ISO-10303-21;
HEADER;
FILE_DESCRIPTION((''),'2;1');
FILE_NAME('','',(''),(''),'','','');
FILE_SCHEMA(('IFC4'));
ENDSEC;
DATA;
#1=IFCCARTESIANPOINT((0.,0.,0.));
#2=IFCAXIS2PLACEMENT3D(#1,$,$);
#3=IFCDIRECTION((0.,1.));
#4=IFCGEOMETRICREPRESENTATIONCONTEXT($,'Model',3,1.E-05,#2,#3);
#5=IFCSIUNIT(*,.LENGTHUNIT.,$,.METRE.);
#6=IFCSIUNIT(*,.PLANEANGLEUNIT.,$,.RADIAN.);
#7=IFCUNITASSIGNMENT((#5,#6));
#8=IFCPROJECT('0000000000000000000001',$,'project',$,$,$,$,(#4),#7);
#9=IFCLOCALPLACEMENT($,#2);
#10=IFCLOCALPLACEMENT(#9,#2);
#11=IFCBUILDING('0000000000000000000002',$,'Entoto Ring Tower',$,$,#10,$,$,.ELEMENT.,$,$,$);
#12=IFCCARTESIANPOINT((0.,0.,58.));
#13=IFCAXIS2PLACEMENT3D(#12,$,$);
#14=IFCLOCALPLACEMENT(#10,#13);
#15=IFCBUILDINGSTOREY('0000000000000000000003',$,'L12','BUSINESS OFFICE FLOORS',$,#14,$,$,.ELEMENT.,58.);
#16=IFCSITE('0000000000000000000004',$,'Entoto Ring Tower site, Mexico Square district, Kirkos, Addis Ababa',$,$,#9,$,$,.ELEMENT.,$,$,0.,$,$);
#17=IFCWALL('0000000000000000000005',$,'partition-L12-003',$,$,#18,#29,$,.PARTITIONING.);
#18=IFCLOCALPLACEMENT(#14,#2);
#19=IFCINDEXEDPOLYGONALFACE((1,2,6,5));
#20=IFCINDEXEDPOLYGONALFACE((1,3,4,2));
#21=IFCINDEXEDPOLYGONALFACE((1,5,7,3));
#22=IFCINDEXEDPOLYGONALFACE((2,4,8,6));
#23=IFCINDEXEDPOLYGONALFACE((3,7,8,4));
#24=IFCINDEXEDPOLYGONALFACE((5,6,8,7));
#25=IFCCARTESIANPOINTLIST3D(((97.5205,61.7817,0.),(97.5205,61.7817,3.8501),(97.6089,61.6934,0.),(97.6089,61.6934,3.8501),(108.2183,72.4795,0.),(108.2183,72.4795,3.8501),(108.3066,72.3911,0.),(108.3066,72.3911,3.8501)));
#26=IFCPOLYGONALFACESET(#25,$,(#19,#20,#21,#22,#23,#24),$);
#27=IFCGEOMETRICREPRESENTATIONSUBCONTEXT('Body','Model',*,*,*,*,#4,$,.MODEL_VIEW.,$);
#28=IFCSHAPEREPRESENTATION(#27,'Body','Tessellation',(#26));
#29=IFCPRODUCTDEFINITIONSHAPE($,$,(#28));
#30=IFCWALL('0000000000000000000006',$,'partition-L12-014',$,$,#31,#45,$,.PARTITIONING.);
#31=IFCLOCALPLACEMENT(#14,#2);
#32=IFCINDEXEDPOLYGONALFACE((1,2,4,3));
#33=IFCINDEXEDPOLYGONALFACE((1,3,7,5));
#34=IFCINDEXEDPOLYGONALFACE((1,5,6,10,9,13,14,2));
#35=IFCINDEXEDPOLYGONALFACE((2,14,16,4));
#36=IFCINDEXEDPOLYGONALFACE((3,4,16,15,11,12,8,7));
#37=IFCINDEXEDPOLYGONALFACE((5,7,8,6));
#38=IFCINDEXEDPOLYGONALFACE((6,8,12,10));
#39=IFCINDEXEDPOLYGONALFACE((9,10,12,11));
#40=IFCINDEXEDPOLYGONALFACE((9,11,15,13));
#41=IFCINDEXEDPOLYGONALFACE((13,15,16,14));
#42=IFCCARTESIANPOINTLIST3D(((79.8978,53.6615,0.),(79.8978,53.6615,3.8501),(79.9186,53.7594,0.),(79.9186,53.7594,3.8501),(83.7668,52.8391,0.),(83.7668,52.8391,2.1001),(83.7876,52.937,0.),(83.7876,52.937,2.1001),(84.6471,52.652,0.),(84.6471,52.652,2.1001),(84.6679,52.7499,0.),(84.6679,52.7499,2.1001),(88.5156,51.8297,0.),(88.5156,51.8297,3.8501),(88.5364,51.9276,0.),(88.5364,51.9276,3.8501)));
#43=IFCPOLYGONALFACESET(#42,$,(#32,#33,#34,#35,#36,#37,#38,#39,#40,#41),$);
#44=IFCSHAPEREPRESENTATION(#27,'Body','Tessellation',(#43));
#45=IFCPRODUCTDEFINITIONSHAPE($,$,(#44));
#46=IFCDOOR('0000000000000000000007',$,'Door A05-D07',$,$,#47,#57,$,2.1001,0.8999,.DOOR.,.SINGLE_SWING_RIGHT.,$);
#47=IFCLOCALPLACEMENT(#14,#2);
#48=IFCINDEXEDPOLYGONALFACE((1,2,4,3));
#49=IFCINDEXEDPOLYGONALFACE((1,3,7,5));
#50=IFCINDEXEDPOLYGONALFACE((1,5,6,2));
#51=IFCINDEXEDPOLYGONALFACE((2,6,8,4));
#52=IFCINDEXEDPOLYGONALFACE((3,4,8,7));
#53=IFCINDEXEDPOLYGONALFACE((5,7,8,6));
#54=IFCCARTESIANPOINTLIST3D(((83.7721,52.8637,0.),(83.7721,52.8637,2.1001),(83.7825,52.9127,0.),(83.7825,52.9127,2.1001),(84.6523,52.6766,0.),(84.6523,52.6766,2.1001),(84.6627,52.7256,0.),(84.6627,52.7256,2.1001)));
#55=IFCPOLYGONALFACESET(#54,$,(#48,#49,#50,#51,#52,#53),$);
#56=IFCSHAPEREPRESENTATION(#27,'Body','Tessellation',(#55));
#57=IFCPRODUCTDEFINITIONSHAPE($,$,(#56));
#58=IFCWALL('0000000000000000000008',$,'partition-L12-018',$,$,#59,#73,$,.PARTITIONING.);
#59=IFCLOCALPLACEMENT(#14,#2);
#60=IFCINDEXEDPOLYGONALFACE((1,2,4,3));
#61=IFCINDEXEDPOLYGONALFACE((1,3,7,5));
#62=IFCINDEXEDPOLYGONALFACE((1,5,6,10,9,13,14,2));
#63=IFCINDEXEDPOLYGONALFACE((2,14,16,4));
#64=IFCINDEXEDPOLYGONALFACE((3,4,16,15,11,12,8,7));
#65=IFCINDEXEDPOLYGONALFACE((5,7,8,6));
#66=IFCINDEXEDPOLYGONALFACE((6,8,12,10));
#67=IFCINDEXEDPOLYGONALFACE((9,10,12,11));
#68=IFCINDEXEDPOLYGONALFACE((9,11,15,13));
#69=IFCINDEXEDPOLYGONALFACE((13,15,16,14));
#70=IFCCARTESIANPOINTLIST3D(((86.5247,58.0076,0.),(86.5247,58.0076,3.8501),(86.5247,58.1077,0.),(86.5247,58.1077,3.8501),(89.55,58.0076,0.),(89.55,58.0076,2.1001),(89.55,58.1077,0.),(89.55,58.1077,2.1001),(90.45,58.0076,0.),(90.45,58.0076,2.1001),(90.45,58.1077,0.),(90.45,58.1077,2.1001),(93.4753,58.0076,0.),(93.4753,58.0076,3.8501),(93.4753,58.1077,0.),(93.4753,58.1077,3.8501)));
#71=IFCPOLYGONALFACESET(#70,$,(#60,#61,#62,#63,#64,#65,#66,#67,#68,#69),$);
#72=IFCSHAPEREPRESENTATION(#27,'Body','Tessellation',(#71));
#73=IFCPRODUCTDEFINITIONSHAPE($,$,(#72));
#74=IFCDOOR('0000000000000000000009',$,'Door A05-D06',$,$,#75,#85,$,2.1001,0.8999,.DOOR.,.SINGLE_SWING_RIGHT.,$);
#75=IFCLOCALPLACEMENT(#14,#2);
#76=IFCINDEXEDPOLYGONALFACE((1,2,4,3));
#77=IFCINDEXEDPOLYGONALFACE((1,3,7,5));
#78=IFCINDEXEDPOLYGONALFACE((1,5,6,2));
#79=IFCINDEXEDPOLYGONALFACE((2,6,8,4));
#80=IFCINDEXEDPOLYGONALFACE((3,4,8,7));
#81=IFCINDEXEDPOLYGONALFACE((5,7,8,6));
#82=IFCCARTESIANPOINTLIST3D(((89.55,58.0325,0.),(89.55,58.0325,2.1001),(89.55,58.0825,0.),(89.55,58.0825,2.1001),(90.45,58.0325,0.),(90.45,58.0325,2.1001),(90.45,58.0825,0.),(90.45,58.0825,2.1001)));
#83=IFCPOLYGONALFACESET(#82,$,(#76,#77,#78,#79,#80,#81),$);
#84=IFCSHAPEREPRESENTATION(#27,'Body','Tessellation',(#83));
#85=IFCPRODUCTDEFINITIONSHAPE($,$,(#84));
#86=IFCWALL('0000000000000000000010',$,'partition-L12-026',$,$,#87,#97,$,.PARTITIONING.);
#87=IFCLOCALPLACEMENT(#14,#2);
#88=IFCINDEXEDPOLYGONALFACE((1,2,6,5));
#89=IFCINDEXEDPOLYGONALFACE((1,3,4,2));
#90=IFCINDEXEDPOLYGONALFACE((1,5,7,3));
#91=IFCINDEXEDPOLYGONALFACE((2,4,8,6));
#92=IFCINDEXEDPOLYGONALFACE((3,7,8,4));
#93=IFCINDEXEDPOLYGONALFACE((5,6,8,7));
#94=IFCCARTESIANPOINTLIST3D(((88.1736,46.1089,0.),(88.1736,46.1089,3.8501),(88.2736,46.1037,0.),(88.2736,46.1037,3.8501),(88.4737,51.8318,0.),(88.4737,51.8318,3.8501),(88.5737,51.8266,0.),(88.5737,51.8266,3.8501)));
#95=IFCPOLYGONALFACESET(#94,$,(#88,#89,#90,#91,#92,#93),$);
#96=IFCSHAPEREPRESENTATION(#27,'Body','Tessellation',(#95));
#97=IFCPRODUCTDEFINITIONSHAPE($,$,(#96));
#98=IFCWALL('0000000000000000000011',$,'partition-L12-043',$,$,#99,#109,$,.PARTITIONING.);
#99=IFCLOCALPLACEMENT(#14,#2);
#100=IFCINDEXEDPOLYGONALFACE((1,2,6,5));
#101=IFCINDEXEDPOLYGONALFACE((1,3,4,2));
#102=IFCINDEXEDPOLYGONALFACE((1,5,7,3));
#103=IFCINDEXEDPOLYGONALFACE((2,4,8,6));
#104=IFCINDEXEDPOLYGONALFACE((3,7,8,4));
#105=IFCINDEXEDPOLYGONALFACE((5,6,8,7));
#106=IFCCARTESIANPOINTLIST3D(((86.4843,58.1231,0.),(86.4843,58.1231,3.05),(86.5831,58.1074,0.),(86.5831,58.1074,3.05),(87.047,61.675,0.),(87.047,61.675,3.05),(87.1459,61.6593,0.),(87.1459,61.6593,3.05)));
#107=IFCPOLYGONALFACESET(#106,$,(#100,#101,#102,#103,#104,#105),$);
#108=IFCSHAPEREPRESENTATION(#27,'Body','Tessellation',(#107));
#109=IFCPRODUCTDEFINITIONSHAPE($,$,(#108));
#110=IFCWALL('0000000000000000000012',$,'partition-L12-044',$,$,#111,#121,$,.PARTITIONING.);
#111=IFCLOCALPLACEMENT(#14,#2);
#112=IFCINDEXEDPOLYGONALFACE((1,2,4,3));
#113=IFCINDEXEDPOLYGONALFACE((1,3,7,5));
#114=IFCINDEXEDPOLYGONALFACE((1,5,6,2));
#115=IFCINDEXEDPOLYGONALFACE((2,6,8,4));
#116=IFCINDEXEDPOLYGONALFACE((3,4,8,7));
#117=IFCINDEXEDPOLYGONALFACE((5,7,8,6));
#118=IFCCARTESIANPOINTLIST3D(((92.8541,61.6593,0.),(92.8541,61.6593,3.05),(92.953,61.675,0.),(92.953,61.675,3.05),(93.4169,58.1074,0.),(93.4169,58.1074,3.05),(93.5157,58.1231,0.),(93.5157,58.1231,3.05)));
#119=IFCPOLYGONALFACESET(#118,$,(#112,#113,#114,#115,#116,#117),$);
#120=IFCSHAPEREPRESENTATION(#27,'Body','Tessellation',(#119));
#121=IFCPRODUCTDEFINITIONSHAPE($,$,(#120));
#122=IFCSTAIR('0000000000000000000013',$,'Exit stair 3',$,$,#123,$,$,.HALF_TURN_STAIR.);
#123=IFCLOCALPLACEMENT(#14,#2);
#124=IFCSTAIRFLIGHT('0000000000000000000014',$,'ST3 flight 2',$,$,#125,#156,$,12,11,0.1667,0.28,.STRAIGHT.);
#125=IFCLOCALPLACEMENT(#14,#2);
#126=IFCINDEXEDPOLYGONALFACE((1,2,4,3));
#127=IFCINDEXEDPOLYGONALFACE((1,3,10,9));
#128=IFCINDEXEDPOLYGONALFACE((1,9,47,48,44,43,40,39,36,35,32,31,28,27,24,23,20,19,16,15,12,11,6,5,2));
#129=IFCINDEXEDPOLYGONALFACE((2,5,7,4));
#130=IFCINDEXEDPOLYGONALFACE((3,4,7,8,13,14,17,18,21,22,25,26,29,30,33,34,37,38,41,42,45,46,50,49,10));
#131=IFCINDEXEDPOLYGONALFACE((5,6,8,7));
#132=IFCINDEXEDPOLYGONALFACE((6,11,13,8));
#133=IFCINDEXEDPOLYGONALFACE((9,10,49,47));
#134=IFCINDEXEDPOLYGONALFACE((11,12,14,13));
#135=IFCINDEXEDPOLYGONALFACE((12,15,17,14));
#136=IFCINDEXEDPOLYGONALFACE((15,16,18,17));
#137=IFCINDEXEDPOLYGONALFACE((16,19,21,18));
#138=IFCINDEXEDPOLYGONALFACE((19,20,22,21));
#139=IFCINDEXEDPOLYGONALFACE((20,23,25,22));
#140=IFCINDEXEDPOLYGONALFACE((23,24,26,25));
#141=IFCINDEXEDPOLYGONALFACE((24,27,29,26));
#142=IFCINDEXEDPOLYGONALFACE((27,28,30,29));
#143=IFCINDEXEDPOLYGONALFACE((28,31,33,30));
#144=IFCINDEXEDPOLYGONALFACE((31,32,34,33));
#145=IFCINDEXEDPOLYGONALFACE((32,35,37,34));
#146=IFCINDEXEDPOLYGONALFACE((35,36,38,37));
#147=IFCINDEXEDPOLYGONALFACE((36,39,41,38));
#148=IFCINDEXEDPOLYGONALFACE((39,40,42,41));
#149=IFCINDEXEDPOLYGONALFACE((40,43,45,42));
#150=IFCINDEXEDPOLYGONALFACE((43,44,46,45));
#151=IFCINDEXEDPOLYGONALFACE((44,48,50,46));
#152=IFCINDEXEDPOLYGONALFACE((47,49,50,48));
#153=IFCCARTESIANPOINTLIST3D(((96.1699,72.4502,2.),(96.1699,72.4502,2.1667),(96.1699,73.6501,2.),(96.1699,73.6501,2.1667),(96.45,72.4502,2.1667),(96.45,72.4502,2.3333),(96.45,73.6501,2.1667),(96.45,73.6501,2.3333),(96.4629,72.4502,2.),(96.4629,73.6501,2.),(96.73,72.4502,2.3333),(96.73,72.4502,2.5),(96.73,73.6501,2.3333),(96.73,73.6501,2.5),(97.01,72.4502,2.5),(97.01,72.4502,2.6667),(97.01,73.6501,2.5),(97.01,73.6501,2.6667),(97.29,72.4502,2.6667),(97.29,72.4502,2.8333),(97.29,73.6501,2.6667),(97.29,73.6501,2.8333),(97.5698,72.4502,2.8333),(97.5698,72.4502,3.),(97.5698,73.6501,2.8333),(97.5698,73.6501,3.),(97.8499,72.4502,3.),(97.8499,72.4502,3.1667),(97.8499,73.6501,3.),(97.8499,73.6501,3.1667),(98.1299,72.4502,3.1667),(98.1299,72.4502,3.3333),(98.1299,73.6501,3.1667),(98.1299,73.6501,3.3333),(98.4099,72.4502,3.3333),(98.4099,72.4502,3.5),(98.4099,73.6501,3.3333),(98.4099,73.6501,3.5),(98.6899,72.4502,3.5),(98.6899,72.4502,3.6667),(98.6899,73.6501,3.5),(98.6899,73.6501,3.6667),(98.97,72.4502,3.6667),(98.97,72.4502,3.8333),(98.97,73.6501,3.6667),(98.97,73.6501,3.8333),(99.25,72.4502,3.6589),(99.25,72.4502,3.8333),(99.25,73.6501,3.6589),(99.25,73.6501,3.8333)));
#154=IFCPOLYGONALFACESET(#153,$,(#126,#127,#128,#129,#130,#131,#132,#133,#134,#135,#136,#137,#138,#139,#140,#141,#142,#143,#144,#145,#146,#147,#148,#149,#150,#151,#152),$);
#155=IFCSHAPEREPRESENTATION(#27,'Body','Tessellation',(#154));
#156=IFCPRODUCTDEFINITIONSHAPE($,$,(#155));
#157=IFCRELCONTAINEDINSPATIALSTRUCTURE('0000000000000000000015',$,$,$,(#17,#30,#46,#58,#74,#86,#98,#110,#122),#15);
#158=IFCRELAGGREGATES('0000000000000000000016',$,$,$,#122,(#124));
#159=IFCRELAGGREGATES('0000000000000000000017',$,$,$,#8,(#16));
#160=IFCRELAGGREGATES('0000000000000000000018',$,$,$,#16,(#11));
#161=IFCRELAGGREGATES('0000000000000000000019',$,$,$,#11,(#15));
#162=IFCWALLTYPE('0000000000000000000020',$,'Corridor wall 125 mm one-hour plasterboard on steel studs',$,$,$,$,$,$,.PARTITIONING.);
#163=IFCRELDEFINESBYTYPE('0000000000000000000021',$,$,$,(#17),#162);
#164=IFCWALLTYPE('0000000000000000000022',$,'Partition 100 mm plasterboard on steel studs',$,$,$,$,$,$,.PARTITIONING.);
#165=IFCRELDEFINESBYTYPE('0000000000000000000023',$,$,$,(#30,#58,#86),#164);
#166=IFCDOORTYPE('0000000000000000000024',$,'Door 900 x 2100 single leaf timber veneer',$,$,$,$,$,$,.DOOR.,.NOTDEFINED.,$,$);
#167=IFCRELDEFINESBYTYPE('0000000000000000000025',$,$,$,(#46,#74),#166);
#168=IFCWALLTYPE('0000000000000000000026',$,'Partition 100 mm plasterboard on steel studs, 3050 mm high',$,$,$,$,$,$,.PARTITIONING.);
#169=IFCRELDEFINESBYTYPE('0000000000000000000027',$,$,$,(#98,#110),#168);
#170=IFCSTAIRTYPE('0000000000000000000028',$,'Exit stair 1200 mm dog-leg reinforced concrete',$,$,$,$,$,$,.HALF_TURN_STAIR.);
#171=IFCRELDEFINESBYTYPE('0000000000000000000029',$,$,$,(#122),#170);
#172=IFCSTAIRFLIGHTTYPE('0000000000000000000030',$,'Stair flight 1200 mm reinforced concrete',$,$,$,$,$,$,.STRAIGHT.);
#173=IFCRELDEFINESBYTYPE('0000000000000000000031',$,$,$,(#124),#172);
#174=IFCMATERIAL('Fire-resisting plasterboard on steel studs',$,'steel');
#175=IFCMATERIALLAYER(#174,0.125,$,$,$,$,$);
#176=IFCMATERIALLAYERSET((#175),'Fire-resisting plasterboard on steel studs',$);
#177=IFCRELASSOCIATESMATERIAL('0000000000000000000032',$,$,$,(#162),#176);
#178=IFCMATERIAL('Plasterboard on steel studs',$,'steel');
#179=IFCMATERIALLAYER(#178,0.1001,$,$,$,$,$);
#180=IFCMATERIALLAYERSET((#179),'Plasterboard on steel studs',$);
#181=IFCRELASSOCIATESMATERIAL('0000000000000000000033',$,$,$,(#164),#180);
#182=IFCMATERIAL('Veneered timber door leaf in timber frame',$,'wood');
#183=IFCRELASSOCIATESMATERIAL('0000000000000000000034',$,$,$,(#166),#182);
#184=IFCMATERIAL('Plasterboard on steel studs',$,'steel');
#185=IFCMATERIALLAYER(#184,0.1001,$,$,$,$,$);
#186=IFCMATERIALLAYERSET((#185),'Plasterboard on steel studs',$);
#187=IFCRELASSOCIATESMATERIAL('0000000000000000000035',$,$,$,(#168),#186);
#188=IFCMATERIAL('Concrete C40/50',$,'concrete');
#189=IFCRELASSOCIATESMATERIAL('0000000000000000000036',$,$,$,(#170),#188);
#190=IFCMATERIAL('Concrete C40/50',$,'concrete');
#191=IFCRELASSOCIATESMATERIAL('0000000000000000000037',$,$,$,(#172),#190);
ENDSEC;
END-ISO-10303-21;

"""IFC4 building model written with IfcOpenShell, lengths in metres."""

from ifc_helpers import new_model, si_unit, direction, frame, frame_2d, origin, place, context, subcontext, project, spatial, polyline, rectangle, outline, extrude, material, layer, layer_set, type_object, element, fill, aggregate, save


model = new_model("IFC4")

# Units and contexts
model_context = context("Model", 3, precision=1e-05, world=origin(), true_north=direction((0.0, 1.0)))
body_context = subcontext(model_context, "Body", "Model", "MODEL_VIEW")
ifc_project = project(units=[si_unit("LENGTHUNIT", "METRE"), si_unit("PLANEANGLEUNIT", "RADIAN")], contexts=[model_context])

# Site, building, storey
site_placement = place(None, origin())
site = spatial("IfcSite", under=ifc_project, at=site_placement, Name="Entoto Ring Tower site, Mexico Square district, Kirkos, Addis Ababa", CompositionType="ELEMENT", RefElevation=0.0)
building_placement = place(site_placement, origin())
building = spatial("IfcBuilding", under=site, at=building_placement, Name="Entoto Ring Tower", CompositionType="ELEMENT")
storey_placement = place(building_placement, frame((0.0, 0.0, 58.0)))
storey = spatial("IfcBuildingStorey", under=building, at=storey_placement, Name="L12", Description="BUSINESS OFFICE FLOORS", CompositionType="ELEMENT", Elevation=58.0)

# Wall
ifc_material_1 = material(Name="Fire-resisting plasterboard on steel studs", Category="steel")
ifc_layer_1 = layer(ifc_material_1, 0.125)
ifc_layer_set_1 = layer_set([ifc_layer_1], Name="Fire-resisting plasterboard on steel studs")
wall_type_1 = type_object("IfcWallType", Name="Corridor wall 125 mm one-hour plasterboard on steel studs", PredefinedType="PARTITIONING", material=ifc_layer_set_1)
wall_1_placement = place(storey_placement, frame((97.5647, 61.7375, 0.0), z_axis=(0.0, 0.0, 1.0), x_axis=(0.707107, 0.707107, 0.0)))
element("IfcWall", 1, at=wall_1_placement, inside=storey, type_object=wall_type_1, Name="partition-L12-003", PredefinedType="PARTITIONING", context=body_context, shape_type="SweptSolid", body=[
    extrude(rectangle(XDim=15.1289, YDim=0.125, at=frame_2d((7.5645, 0.0))), origin(), (0.0, 0.0, 1.0), 3.8501),
])

# Walls, openings, doors
ifc_material_2 = material(Name="Plasterboard on steel studs", Category="steel")
ifc_layer_2 = layer(ifc_material_2, 0.1001)
ifc_layer_set_2 = layer_set([ifc_layer_2], Name="Plasterboard on steel studs")
wall_type_2 = type_object("IfcWallType", Name="Partition 100 mm plasterboard on steel studs", PredefinedType="PARTITIONING", material=ifc_layer_set_2)
wall_2_placement = place(storey_placement, frame((88.5261, 51.8787, 0.0), z_axis=(0.0, 0.0, 1.0), x_axis=(-0.978147, 0.207916, 0.0)))
wall_2 = element("IfcWall", 2, at=wall_2_placement, inside=storey, type_object=wall_type_2, Name="partition-L12-014", PredefinedType="PARTITIONING", context=body_context, shape_type="SweptSolid", body=[
    extrude(rectangle(XDim=8.8103, YDim=0.1001, at=frame_2d((4.4053, 0.0))), origin(), (0.0, 0.0, 1.0), 3.8501),
])
opening_1_placement = place(wall_2_placement, frame((3.9551, 0.0, 0.0)))
opening_1 = element("IfcOpeningElement", 3, at=opening_1_placement, cuts=wall_2, PredefinedType="OPENING", context=body_context, shape_type="SweptSolid", body=[
    extrude(rectangle(XDim=0.8999, YDim=2.1001, at=frame_2d((0.45, 1.05))), frame((0.0, 0.0601, 0.0), z_axis=(0.0, -1.0, 0.0), x_axis=(1.0, 0.0, 0.0)), (0.0, 0.0, 1.0), 0.1201),
])
ifc_material_3 = material(Name="Veneered timber door leaf in timber frame", Category="wood")
door_type_1 = type_object("IfcDoorType", Name="Door 900 x 2100 single leaf timber veneer", OperationType="NOTDEFINED", PredefinedType="DOOR", material=ifc_material_3)
door_1_placement = place(opening_1_placement, origin())
door_1 = element("IfcDoor", 4, at=door_1_placement, inside=storey, type_object=door_type_1, Name="Door A05-D07", OperationType="SINGLE_SWING_RIGHT", OverallHeight=2.1001, OverallWidth=0.8999, PredefinedType="DOOR", context=body_context, shape_type="SweptSolid", body=[
    extrude(rectangle(XDim=0.8999, YDim=2.1001, at=frame_2d((0.45, 1.05))), frame((0.0, 0.0249, 0.0), z_axis=(0.0, -1.0, 0.0), x_axis=(1.0, 0.0, 0.0)), (0.0, 0.0, 1.0), 0.05),
])
fill(opening_1, door_1)
wall_3_placement = place(storey_placement, frame((86.5247, 58.0576, 0.0), z_axis=(0.0, 0.0, 1.0), x_axis=(1.0, 0.0, 0.0)))
wall_3 = element("IfcWall", 5, at=wall_3_placement, inside=storey, type_object=wall_type_2, Name="partition-L12-018", PredefinedType="PARTITIONING", context=body_context, shape_type="SweptSolid", body=[
    extrude(rectangle(XDim=6.9507, YDim=0.1001, at=frame_2d((3.4753, 0.0))), origin(), (0.0, 0.0, 1.0), 3.8501),
])
opening_2_placement = place(wall_3_placement, frame((3.0254, 0.0, 0.0)))
opening_2 = element("IfcOpeningElement", 6, at=opening_2_placement, cuts=wall_3, PredefinedType="OPENING", context=body_context, shape_type="SweptSolid", body=[
    extrude(rectangle(XDim=0.8999, YDim=2.1001, at=frame_2d((0.45, 1.05))), frame((0.0, 0.0601, 0.0), z_axis=(0.0, -1.0, 0.0), x_axis=(1.0, 0.0, 0.0)), (0.0, 0.0, 1.0), 0.1201),
])
door_2_placement = place(opening_2_placement, origin())
door_2 = element("IfcDoor", 7, at=door_2_placement, inside=storey, type_object=door_type_1, Name="Door A05-D06", OperationType="SINGLE_SWING_RIGHT", OverallHeight=2.1001, OverallWidth=0.8999, PredefinedType="DOOR", context=body_context, shape_type="SweptSolid", body=[
    extrude(rectangle(XDim=0.8999, YDim=2.1001, at=frame_2d((0.45, 1.05))), frame((0.0, 0.0249, 0.0), z_axis=(0.0, -1.0, 0.0), x_axis=(1.0, 0.0, 0.0)), (0.0, 0.0, 1.0), 0.05),
])
fill(opening_2, door_2)

# Walls
wall_4_placement = place(storey_placement, frame((88.2236, 46.1064, 0.0), z_axis=(0.0, 0.0, 1.0), x_axis=(0.052358, 0.998628, 0.0)))
element("IfcWall", 8, at=wall_4_placement, inside=storey, type_object=wall_type_2, Name="partition-L12-026", PredefinedType="PARTITIONING", context=body_context, shape_type="SweptSolid", body=[
    extrude(rectangle(XDim=5.7307, YDim=0.1001, at=frame_2d((2.8652, 0.0))), origin(), (0.0, 0.0, 1.0), 3.8501),
])
ifc_material_4 = material(Name="Plasterboard on steel studs", Category="steel")
ifc_layer_3 = layer(ifc_material_4, 0.1001)
ifc_layer_set_3 = layer_set([ifc_layer_3], Name="Plasterboard on steel studs")
wall_type_3 = type_object("IfcWallType", Name="Partition 100 mm plasterboard on steel studs, 3050 mm high", PredefinedType="PARTITIONING", material=ifc_layer_set_3)
for number, where, z_axis, x_axis, name in (
    (9, (86.5337, 58.1152, 0.0), (0.0, 0.0, 1.0), (0.156478, 0.987681, 0.0), "partition-L12-043"),
    (10, (93.4663, 58.1152, 0.0), (0.0, 0.0, 1.0), (-0.156478, 0.987681, 0.0), "partition-L12-044"),
):
    element("IfcWall", number, at=place(storey_placement, frame(where, z_axis=z_axis, x_axis=x_axis)), inside=storey, type_object=wall_type_3, Name=name, PredefinedType="PARTITIONING", context=body_context, shape_type="SweptSolid", body=[
        extrude(rectangle(XDim=3.5962, YDim=0.1001, at=frame_2d((1.7981, 0.0))), origin(), (0.0, 0.0, 1.0), 3.05),
    ])

# Stair, stair flight
ifc_material_5 = material(Name="Concrete C40/50", Category="concrete")
stair_type = type_object("IfcStairType", Name="Exit stair 1200 mm dog-leg reinforced concrete", PredefinedType="HALF_TURN_STAIR", material=ifc_material_5)
stair_placement = place(storey_placement, origin())
stair = element("IfcStair", 11, at=stair_placement, inside=storey, type_object=stair_type, Name="Exit stair 3", PredefinedType="HALF_TURN_STAIR")
ifc_material_6 = material(Name="Concrete C40/50", Category="concrete")
stair_flight_type = type_object("IfcStairFlightType", Name="Stair flight 1200 mm reinforced concrete", PredefinedType="STRAIGHT", material=ifc_material_6)
stair_flight_placement = place(storey_placement, frame((96.1699, 73.05, 2.0), z_axis=(0.0, 0.0, 1.0), x_axis=(1.0, 0.0, 0.0)))
stair_flight = element("IfcStairFlight", 12, at=stair_flight_placement, type_object=stair_flight_type, Name="ST3 flight 2", NumberOfRisers=12, NumberOfTreads=11, PredefinedType="STRAIGHT", RiserHeight=0.1667, TreadLength=0.28, context=body_context, shape_type="SweptSolid", body=[
    extrude(outline(polyline([(0.0, 0.0), (0.0, 0.1667), (0.28, 0.1667), (0.28, 0.3333), (0.5601, 0.3333), (0.5601, 0.5), (0.8401, 0.5), (0.8401, 0.6667), (1.1201, 0.6667), (1.1201, 0.8333), (1.3999, 0.8333), (1.3999, 1.0), (1.6799, 1.0), (1.6799, 1.1667), (1.96, 1.1667), (1.96, 1.3333), (2.24, 1.3333), (2.24, 1.5), (2.52, 1.5), (2.52, 1.6667), (2.8, 1.6667), (2.8, 1.8333), (3.0801, 1.8333), (3.0801, 2.0), (3.0801, 1.6589), (0.293, 0.0), (0.0, 0.0)])), frame((0.0, 0.6001, 0.0), z_axis=(0.0, -1.0, 0.0), x_axis=(1.0, 0.0, 0.0)), (0.0, 0.0, 1.0), 1.2),
])
aggregate(stair, [stair_flight])

save(model, "model.ifc")
